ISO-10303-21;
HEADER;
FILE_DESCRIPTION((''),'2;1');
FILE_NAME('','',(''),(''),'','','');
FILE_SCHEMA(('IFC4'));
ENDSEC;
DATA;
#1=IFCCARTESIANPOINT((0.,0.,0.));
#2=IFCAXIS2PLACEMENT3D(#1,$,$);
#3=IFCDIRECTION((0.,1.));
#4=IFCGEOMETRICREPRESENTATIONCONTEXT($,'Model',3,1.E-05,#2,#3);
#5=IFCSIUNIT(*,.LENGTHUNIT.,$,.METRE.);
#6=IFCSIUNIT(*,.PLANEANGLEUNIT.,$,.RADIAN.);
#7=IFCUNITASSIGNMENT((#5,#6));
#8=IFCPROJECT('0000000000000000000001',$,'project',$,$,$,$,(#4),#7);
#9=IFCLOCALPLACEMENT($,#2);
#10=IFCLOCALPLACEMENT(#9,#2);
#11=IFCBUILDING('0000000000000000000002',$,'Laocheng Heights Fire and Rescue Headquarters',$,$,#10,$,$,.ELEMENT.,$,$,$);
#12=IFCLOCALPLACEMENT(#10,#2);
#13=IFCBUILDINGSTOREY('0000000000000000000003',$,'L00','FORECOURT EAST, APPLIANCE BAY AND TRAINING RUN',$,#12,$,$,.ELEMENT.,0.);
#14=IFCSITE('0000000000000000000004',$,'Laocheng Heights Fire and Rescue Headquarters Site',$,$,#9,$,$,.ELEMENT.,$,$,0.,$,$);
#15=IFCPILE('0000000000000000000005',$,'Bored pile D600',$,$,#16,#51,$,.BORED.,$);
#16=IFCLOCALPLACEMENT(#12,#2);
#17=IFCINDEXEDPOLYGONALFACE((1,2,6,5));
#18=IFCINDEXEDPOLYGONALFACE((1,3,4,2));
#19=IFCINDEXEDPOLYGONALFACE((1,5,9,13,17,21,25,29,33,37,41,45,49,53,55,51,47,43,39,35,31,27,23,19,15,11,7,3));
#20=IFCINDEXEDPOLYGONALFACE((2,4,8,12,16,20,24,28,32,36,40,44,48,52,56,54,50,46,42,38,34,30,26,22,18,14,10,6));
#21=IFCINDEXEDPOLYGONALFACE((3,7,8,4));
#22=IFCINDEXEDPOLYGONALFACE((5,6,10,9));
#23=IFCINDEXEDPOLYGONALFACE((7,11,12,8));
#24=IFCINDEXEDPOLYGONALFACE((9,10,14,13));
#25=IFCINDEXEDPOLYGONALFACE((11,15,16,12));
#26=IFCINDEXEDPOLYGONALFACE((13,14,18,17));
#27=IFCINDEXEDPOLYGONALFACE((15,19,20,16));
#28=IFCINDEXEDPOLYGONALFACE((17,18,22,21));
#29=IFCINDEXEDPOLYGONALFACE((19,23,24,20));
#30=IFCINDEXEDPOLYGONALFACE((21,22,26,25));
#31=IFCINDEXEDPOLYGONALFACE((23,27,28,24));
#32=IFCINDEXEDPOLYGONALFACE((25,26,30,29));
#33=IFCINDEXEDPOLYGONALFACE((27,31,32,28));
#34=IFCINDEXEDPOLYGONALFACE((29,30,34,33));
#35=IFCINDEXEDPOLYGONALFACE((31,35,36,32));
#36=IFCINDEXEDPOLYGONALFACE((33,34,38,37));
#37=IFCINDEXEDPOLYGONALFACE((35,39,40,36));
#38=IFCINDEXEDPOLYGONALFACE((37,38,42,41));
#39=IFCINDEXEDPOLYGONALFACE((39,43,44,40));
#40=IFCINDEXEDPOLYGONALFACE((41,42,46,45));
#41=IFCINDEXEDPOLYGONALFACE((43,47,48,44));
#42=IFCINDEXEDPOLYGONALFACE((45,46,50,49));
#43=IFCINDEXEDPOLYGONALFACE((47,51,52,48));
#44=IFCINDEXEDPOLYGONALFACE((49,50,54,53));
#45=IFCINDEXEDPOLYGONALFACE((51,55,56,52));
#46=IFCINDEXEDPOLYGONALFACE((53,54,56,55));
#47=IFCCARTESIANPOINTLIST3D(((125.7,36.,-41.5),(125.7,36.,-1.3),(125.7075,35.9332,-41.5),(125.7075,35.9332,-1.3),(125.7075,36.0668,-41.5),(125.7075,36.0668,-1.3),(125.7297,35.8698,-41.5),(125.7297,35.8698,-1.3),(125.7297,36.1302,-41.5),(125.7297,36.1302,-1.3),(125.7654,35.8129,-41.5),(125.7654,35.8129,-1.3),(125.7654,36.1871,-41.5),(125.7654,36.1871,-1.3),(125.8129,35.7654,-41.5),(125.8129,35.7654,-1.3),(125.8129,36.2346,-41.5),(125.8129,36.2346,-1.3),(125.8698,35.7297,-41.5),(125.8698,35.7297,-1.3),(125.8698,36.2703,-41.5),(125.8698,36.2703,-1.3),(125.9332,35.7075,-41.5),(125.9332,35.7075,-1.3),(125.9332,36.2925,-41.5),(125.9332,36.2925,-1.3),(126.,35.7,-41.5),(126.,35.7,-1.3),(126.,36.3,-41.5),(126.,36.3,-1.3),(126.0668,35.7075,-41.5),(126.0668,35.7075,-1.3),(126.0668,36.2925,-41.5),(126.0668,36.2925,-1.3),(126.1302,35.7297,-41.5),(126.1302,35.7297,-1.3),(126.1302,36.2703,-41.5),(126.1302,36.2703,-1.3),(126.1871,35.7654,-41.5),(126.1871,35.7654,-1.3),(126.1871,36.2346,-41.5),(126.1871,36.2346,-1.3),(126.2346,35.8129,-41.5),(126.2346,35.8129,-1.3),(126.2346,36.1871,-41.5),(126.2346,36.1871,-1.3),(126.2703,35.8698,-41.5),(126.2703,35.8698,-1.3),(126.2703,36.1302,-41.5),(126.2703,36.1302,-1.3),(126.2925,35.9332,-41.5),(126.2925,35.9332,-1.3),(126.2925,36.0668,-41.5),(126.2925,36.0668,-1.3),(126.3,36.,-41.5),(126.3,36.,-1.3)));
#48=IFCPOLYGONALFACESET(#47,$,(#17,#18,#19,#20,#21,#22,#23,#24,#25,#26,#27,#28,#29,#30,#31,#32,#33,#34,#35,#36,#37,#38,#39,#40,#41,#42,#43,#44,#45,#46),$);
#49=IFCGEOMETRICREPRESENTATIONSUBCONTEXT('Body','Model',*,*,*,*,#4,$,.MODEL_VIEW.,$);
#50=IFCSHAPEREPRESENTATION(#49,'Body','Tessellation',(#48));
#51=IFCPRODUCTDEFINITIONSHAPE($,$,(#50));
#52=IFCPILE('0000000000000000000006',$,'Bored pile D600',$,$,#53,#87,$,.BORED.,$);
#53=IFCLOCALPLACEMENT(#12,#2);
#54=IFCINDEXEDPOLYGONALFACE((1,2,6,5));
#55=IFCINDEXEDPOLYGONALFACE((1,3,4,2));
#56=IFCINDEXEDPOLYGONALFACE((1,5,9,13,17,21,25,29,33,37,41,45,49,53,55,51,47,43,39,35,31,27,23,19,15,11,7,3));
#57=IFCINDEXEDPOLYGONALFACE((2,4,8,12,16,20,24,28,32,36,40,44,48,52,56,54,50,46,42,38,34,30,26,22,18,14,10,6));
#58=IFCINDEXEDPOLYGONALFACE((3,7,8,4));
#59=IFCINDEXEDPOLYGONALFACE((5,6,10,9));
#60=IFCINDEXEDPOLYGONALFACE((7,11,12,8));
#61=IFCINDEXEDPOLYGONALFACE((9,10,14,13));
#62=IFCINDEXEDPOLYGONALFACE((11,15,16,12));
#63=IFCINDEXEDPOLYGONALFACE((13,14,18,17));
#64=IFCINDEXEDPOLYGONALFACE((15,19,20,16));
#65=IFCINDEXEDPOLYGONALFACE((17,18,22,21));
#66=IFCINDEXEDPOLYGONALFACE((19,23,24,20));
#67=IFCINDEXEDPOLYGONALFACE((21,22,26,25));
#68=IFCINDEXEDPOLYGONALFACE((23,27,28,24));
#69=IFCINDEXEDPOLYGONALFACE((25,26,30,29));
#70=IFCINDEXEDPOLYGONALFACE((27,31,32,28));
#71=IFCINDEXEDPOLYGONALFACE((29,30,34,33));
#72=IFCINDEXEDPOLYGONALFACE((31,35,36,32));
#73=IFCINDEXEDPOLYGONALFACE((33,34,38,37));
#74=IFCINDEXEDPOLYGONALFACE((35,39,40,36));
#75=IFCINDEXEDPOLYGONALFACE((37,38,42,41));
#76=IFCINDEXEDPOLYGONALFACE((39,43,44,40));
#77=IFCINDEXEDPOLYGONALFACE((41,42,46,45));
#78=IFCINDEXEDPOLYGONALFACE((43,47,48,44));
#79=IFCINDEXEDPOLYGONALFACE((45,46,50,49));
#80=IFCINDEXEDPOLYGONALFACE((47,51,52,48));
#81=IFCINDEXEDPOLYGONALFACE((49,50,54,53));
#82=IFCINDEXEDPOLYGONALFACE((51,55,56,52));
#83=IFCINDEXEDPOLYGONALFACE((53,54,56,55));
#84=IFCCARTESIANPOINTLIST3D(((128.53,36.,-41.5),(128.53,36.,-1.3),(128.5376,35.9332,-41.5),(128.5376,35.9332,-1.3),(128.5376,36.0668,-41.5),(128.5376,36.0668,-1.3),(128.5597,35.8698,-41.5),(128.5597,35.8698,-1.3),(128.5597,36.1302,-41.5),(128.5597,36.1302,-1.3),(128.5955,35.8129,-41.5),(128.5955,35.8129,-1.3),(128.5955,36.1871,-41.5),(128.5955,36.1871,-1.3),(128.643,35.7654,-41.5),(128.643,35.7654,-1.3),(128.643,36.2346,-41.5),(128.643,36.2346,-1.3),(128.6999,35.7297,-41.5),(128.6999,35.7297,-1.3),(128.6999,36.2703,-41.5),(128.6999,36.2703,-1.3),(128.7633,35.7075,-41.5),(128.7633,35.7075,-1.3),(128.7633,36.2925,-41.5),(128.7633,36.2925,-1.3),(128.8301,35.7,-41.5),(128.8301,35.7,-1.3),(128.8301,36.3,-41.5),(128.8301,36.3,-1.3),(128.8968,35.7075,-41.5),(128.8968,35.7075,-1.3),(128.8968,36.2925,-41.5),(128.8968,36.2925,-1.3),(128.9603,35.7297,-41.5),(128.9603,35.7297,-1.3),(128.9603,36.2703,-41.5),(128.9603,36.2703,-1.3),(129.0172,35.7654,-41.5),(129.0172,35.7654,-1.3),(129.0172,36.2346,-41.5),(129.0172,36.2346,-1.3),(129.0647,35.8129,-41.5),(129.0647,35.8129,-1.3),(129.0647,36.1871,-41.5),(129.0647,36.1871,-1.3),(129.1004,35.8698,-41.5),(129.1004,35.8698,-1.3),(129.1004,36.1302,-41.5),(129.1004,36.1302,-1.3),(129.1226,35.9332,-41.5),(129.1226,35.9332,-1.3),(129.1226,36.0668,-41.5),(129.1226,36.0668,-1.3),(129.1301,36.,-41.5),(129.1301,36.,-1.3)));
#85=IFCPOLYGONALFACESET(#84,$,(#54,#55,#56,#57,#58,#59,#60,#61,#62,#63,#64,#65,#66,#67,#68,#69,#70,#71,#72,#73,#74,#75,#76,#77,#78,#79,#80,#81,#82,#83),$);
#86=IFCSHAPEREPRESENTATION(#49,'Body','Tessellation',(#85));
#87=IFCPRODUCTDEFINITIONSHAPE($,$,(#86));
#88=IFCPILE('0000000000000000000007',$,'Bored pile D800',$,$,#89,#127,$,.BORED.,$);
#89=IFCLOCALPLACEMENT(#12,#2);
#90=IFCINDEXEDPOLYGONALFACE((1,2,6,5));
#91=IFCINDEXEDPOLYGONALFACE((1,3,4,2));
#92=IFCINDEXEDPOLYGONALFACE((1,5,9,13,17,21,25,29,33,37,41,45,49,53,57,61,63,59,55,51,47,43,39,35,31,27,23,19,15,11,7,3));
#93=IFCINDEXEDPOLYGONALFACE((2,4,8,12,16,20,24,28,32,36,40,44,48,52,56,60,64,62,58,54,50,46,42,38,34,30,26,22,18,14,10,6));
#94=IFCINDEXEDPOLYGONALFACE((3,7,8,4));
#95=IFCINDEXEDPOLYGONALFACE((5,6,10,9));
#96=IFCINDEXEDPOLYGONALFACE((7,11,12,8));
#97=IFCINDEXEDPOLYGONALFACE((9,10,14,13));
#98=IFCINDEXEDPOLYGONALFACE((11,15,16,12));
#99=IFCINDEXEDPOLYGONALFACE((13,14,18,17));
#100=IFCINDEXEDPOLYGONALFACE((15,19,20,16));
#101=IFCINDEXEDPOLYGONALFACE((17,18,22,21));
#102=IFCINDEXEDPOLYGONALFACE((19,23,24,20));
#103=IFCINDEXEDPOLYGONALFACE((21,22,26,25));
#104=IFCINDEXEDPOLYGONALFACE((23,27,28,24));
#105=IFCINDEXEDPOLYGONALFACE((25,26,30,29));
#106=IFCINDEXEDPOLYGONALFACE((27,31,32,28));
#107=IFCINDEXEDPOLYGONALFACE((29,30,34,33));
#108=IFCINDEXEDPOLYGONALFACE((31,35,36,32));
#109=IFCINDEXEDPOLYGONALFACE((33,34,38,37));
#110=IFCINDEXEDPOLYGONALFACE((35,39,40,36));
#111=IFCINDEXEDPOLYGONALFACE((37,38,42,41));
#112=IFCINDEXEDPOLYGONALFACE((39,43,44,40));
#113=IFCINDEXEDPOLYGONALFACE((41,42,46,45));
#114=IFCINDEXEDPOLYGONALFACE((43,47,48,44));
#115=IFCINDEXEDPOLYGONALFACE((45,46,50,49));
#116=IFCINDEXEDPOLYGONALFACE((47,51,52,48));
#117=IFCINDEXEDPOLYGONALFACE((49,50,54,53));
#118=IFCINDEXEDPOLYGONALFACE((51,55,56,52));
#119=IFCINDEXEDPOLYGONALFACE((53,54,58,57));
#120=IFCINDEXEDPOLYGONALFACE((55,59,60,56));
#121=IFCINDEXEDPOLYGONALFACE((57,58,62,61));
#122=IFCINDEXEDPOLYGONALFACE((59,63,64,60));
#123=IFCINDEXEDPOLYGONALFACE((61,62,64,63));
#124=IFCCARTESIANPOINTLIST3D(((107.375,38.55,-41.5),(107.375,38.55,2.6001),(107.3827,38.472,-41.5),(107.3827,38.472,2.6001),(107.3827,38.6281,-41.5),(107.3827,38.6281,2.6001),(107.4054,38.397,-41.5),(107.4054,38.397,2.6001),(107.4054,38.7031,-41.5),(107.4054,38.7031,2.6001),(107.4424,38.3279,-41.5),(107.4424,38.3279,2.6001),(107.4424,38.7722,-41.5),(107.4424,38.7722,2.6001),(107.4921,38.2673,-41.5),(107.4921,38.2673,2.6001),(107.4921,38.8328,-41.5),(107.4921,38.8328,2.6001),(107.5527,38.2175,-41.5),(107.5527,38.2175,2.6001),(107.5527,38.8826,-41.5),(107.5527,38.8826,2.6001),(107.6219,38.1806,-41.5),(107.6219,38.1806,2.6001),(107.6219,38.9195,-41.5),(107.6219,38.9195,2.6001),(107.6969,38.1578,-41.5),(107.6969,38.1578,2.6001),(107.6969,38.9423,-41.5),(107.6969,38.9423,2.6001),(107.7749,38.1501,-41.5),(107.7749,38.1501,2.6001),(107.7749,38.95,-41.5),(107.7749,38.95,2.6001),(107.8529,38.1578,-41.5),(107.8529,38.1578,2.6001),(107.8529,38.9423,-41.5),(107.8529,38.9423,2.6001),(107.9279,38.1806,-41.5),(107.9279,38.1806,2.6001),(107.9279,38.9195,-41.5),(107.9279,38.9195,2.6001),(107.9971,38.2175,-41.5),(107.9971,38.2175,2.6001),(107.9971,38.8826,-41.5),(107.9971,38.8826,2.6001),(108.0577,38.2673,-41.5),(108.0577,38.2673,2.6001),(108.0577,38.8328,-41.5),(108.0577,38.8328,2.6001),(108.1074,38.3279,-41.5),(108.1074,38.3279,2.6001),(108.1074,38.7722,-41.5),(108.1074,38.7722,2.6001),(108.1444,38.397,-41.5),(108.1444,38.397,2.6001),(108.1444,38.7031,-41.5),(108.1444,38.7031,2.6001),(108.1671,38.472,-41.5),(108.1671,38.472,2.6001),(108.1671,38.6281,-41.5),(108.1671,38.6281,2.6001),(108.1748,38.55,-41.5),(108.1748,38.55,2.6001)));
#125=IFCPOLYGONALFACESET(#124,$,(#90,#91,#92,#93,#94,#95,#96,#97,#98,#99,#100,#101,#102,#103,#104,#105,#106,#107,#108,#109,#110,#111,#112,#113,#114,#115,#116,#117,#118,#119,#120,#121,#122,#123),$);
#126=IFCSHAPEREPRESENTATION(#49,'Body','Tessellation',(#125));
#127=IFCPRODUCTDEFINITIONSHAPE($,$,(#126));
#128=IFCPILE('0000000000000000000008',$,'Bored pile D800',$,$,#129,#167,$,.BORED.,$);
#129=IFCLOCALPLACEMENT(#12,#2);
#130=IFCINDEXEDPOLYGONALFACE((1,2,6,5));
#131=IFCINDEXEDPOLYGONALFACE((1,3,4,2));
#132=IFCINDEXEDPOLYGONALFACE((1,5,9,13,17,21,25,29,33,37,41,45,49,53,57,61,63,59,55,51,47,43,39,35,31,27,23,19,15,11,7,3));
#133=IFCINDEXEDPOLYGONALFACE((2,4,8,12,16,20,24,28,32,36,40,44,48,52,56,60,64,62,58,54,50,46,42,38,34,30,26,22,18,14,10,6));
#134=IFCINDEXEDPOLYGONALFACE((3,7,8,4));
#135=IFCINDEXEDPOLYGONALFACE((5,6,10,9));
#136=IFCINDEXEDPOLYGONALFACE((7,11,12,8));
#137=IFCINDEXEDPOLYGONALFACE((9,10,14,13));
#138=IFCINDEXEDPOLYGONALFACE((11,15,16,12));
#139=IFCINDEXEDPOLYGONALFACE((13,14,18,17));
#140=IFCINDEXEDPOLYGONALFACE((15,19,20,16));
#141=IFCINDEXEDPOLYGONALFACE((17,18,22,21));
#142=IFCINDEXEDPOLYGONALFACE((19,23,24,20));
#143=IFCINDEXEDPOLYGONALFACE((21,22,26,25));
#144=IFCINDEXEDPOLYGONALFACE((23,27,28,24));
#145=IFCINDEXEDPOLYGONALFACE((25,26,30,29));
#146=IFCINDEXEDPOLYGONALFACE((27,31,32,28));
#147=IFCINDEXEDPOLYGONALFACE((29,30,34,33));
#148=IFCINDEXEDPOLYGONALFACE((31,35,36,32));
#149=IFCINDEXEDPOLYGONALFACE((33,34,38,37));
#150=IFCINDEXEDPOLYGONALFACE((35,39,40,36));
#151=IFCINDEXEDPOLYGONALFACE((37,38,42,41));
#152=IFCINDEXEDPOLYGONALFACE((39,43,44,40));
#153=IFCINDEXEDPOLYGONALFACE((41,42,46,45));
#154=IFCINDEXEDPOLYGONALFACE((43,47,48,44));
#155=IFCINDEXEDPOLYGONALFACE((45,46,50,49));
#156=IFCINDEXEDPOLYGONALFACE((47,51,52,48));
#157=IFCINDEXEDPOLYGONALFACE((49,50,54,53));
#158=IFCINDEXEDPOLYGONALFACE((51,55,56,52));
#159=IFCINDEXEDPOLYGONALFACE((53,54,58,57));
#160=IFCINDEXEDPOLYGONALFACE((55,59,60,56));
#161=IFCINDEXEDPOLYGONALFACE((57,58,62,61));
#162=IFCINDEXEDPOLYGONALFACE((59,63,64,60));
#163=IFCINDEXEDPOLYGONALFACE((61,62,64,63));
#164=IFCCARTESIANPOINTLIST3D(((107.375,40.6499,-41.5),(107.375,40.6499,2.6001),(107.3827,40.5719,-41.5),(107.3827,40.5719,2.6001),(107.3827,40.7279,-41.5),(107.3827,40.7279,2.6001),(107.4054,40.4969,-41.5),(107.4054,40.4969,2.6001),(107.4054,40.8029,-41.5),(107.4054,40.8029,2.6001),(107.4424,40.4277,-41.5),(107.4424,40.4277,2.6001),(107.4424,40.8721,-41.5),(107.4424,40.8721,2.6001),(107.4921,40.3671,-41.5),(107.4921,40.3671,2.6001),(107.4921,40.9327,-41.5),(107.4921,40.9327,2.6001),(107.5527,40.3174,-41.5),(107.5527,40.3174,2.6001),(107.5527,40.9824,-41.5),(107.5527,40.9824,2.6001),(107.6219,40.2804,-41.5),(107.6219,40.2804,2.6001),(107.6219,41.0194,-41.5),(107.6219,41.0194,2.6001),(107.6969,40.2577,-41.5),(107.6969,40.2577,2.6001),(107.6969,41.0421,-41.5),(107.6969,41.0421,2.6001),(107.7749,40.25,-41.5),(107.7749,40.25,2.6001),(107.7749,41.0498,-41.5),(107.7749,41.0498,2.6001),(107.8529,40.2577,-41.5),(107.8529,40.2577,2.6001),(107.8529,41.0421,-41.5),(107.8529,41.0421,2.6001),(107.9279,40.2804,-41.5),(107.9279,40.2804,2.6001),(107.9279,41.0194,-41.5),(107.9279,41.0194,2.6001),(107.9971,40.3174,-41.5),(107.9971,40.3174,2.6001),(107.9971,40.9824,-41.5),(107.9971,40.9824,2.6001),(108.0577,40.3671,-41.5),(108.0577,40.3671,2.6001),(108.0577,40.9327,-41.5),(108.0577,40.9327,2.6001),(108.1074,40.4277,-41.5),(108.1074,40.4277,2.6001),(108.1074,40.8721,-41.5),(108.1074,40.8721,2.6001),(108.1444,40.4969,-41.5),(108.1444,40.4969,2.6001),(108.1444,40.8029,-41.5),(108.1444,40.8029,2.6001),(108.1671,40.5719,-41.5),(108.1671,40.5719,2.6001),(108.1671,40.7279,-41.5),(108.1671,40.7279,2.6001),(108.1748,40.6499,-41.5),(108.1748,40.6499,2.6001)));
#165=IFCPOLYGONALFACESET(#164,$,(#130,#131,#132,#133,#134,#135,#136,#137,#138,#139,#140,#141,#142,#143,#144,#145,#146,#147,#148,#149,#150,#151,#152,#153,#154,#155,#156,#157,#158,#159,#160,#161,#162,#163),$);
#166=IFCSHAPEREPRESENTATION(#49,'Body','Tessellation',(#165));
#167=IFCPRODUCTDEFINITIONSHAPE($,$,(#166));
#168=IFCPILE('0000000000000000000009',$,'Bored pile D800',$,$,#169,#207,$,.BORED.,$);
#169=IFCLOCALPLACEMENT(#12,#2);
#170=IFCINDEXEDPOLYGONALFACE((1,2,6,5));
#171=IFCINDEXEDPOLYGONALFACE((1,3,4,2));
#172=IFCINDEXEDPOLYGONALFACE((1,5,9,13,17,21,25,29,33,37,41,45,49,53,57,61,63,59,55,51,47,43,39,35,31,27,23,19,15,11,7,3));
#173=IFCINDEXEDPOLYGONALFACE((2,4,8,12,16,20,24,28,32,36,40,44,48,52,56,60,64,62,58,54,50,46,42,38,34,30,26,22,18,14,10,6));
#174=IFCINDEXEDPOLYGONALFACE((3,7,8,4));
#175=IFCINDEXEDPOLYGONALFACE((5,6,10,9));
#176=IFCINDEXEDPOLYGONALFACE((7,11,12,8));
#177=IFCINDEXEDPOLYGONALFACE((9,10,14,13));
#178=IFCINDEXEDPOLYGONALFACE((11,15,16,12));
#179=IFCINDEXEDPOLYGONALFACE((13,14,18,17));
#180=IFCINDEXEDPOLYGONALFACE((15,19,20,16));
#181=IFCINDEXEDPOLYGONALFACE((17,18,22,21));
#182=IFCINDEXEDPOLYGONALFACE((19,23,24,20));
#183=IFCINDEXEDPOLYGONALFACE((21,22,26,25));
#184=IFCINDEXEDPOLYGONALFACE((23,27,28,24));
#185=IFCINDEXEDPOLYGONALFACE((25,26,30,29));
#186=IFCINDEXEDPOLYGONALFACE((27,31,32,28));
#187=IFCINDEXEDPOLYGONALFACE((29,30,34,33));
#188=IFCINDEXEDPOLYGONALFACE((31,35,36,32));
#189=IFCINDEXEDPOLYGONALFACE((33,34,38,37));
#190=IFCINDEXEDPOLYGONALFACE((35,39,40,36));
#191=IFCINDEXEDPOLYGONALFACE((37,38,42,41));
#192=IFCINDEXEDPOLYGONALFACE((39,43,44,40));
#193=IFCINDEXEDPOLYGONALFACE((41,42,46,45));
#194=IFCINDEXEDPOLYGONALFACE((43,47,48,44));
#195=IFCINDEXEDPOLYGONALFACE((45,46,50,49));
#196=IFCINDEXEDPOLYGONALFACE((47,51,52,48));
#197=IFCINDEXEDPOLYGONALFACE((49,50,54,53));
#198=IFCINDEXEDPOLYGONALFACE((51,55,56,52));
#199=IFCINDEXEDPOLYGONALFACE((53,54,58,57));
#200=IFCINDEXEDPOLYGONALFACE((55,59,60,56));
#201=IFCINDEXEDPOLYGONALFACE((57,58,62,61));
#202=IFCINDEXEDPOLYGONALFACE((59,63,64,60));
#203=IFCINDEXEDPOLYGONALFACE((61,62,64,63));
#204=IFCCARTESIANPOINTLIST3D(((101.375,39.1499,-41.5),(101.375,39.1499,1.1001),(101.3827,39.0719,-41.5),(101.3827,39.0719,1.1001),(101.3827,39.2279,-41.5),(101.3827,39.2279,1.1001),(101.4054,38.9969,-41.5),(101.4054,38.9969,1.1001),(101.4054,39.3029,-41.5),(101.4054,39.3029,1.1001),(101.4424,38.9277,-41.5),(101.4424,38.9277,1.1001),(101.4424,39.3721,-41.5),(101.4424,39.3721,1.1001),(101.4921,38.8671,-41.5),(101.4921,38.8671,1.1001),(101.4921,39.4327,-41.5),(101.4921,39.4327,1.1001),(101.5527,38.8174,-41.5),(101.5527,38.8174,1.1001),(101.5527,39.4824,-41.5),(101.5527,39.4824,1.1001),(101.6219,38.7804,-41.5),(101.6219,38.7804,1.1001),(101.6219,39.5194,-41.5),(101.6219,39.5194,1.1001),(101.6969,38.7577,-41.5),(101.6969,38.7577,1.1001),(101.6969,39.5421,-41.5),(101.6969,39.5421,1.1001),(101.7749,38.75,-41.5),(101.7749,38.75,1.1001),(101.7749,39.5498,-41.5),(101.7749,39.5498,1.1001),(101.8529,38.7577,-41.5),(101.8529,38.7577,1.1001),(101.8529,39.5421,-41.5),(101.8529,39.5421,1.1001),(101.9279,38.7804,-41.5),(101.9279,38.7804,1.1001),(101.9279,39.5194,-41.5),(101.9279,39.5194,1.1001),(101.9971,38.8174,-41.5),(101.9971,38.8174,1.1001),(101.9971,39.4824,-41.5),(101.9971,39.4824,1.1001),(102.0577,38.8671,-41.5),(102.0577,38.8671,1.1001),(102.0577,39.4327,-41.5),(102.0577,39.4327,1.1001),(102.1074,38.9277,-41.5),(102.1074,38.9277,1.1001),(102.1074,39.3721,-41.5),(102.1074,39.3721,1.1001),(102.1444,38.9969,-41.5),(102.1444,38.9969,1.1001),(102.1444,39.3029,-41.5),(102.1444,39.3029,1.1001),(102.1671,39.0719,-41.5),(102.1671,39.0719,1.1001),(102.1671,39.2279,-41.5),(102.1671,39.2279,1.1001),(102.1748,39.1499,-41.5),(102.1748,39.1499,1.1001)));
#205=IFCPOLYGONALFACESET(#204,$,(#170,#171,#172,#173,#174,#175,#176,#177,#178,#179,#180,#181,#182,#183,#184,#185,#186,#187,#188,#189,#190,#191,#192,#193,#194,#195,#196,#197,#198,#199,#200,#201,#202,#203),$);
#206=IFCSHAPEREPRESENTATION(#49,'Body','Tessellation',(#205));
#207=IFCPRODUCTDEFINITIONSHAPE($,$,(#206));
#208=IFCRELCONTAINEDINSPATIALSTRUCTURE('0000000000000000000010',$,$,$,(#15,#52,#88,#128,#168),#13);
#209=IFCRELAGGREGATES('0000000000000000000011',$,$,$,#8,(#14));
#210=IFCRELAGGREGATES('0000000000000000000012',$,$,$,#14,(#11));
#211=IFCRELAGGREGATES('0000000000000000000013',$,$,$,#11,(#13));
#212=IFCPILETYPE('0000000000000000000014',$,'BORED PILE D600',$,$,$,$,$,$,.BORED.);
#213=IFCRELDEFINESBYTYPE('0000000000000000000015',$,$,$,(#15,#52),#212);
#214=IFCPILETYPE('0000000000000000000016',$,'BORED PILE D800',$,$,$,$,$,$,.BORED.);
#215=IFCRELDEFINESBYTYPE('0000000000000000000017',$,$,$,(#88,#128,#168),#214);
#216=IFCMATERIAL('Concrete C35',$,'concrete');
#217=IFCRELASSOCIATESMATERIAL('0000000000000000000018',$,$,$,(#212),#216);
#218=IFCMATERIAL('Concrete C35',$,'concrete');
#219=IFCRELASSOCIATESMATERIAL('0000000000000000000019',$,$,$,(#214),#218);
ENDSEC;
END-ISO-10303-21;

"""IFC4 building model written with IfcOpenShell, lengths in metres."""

from ifc_helpers import new_model, si_unit, direction, frame, origin, origin_2d, place, context, subcontext, project, spatial, circle, extrude, material, material_profile, profile_set, type_object, element, save


model = new_model("IFC4")

# Units and contexts
model_context = context("Model", 3, precision=1e-05, world=origin(), true_north=direction((0.0, 1.0)))
body_context = subcontext(model_context, "Body", "Model", "MODEL_VIEW")
ifc_project = project(units=[si_unit("LENGTHUNIT", "METRE"), si_unit("PLANEANGLEUNIT", "RADIAN")], contexts=[model_context])

# Site, building, storey
site_placement = place(None, origin())
site = spatial("IfcSite", under=ifc_project, at=site_placement, Name="Laocheng Heights Fire and Rescue Headquarters Site", CompositionType="ELEMENT", RefElevation=0.0)
building_placement = place(site_placement, origin())
building = spatial("IfcBuilding", under=site, at=building_placement, Name="Laocheng Heights Fire and Rescue Headquarters", CompositionType="ELEMENT")
storey_placement = place(building_placement, origin())
storey = spatial("IfcBuildingStorey", under=building, at=storey_placement, Name="L00", Description="FORECOURT EAST, APPLIANCE BAY AND TRAINING RUN", CompositionType="ELEMENT", Elevation=0.0)

# Piles
ifc_material_1 = material(Name="Concrete C35", Category="concrete")
ifc_material_profile_1 = material_profile(ifc_material_1, circle(Radius=0.3, at=origin_2d()), Name="BORED PILE D600")
ifc_profile_set_1 = profile_set([ifc_material_profile_1], Name="Concrete C35")
pile_type_1 = type_object("IfcPileType", Name="BORED PILE D600", PredefinedType="BORED", material=ifc_profile_set_1)
for number, where, z_axis, x_axis, name in (
    (1, (126.0, 36.0, -1.3), (0.0, 0.0, -1.0), (1.0, 0.0, 0.0), "Bored pile D600"),
    (2, (128.8301, 36.0, -1.3), (0.0, 0.0, -1.0), (1.0, 0.0, 0.0), "Bored pile D600"),
):
    element("IfcPile", number, at=place(storey_placement, frame(where, z_axis=z_axis, x_axis=x_axis)), inside=storey, type_object=pile_type_1, Name=name, PredefinedType="BORED", context=body_context, shape_type="SweptSolid", body=[
        extrude(circle(Radius=0.3, at=origin_2d()), origin(), (0.0, 0.0, 1.0), 40.2),
    ])
ifc_material_2 = material(Name="Concrete C35", Category="concrete")
ifc_material_profile_2 = material_profile(ifc_material_2, circle(Radius=0.3999, at=origin_2d()), Name="BORED PILE D800")
ifc_profile_set_2 = profile_set([ifc_material_profile_2], Name="Concrete C35")
pile_type_2 = type_object("IfcPileType", Name="BORED PILE D800", PredefinedType="BORED", material=ifc_profile_set_2)
for number, where, z_axis, x_axis, name in (
    (3, (107.7749, 38.55, 2.6001), (0.0, 0.0, -1.0), (1.0, 0.0, 0.0), "Bored pile D800"),
    (4, (107.7749, 40.6499, 2.6001), (0.0, 0.0, -1.0), (1.0, 0.0, 0.0), "Bored pile D800"),
):
    element("IfcPile", number, at=place(storey_placement, frame(where, z_axis=z_axis, x_axis=x_axis)), inside=storey, type_object=pile_type_2, Name=name, PredefinedType="BORED", context=body_context, shape_type="SweptSolid", body=[
        extrude(circle(Radius=0.3999, at=origin_2d()), origin(), (0.0, 0.0, 1.0), 44.1001),
    ])
for number, where, z_axis, x_axis, name in (
    (5, (101.7749, 39.1499, 1.1001), (0.0, 0.0, -1.0), (1.0, 0.0, 0.0), "Bored pile D800"),
):
    element("IfcPile", number, at=place(storey_placement, frame(where, z_axis=z_axis, x_axis=x_axis)), inside=storey, type_object=pile_type_2, Name=name, PredefinedType="BORED", context=body_context, shape_type="SweptSolid", body=[
        extrude(circle(Radius=0.3999, at=origin_2d()), origin(), (0.0, 0.0, 1.0), 42.6001),
    ])

save(model, "model.ifc")
